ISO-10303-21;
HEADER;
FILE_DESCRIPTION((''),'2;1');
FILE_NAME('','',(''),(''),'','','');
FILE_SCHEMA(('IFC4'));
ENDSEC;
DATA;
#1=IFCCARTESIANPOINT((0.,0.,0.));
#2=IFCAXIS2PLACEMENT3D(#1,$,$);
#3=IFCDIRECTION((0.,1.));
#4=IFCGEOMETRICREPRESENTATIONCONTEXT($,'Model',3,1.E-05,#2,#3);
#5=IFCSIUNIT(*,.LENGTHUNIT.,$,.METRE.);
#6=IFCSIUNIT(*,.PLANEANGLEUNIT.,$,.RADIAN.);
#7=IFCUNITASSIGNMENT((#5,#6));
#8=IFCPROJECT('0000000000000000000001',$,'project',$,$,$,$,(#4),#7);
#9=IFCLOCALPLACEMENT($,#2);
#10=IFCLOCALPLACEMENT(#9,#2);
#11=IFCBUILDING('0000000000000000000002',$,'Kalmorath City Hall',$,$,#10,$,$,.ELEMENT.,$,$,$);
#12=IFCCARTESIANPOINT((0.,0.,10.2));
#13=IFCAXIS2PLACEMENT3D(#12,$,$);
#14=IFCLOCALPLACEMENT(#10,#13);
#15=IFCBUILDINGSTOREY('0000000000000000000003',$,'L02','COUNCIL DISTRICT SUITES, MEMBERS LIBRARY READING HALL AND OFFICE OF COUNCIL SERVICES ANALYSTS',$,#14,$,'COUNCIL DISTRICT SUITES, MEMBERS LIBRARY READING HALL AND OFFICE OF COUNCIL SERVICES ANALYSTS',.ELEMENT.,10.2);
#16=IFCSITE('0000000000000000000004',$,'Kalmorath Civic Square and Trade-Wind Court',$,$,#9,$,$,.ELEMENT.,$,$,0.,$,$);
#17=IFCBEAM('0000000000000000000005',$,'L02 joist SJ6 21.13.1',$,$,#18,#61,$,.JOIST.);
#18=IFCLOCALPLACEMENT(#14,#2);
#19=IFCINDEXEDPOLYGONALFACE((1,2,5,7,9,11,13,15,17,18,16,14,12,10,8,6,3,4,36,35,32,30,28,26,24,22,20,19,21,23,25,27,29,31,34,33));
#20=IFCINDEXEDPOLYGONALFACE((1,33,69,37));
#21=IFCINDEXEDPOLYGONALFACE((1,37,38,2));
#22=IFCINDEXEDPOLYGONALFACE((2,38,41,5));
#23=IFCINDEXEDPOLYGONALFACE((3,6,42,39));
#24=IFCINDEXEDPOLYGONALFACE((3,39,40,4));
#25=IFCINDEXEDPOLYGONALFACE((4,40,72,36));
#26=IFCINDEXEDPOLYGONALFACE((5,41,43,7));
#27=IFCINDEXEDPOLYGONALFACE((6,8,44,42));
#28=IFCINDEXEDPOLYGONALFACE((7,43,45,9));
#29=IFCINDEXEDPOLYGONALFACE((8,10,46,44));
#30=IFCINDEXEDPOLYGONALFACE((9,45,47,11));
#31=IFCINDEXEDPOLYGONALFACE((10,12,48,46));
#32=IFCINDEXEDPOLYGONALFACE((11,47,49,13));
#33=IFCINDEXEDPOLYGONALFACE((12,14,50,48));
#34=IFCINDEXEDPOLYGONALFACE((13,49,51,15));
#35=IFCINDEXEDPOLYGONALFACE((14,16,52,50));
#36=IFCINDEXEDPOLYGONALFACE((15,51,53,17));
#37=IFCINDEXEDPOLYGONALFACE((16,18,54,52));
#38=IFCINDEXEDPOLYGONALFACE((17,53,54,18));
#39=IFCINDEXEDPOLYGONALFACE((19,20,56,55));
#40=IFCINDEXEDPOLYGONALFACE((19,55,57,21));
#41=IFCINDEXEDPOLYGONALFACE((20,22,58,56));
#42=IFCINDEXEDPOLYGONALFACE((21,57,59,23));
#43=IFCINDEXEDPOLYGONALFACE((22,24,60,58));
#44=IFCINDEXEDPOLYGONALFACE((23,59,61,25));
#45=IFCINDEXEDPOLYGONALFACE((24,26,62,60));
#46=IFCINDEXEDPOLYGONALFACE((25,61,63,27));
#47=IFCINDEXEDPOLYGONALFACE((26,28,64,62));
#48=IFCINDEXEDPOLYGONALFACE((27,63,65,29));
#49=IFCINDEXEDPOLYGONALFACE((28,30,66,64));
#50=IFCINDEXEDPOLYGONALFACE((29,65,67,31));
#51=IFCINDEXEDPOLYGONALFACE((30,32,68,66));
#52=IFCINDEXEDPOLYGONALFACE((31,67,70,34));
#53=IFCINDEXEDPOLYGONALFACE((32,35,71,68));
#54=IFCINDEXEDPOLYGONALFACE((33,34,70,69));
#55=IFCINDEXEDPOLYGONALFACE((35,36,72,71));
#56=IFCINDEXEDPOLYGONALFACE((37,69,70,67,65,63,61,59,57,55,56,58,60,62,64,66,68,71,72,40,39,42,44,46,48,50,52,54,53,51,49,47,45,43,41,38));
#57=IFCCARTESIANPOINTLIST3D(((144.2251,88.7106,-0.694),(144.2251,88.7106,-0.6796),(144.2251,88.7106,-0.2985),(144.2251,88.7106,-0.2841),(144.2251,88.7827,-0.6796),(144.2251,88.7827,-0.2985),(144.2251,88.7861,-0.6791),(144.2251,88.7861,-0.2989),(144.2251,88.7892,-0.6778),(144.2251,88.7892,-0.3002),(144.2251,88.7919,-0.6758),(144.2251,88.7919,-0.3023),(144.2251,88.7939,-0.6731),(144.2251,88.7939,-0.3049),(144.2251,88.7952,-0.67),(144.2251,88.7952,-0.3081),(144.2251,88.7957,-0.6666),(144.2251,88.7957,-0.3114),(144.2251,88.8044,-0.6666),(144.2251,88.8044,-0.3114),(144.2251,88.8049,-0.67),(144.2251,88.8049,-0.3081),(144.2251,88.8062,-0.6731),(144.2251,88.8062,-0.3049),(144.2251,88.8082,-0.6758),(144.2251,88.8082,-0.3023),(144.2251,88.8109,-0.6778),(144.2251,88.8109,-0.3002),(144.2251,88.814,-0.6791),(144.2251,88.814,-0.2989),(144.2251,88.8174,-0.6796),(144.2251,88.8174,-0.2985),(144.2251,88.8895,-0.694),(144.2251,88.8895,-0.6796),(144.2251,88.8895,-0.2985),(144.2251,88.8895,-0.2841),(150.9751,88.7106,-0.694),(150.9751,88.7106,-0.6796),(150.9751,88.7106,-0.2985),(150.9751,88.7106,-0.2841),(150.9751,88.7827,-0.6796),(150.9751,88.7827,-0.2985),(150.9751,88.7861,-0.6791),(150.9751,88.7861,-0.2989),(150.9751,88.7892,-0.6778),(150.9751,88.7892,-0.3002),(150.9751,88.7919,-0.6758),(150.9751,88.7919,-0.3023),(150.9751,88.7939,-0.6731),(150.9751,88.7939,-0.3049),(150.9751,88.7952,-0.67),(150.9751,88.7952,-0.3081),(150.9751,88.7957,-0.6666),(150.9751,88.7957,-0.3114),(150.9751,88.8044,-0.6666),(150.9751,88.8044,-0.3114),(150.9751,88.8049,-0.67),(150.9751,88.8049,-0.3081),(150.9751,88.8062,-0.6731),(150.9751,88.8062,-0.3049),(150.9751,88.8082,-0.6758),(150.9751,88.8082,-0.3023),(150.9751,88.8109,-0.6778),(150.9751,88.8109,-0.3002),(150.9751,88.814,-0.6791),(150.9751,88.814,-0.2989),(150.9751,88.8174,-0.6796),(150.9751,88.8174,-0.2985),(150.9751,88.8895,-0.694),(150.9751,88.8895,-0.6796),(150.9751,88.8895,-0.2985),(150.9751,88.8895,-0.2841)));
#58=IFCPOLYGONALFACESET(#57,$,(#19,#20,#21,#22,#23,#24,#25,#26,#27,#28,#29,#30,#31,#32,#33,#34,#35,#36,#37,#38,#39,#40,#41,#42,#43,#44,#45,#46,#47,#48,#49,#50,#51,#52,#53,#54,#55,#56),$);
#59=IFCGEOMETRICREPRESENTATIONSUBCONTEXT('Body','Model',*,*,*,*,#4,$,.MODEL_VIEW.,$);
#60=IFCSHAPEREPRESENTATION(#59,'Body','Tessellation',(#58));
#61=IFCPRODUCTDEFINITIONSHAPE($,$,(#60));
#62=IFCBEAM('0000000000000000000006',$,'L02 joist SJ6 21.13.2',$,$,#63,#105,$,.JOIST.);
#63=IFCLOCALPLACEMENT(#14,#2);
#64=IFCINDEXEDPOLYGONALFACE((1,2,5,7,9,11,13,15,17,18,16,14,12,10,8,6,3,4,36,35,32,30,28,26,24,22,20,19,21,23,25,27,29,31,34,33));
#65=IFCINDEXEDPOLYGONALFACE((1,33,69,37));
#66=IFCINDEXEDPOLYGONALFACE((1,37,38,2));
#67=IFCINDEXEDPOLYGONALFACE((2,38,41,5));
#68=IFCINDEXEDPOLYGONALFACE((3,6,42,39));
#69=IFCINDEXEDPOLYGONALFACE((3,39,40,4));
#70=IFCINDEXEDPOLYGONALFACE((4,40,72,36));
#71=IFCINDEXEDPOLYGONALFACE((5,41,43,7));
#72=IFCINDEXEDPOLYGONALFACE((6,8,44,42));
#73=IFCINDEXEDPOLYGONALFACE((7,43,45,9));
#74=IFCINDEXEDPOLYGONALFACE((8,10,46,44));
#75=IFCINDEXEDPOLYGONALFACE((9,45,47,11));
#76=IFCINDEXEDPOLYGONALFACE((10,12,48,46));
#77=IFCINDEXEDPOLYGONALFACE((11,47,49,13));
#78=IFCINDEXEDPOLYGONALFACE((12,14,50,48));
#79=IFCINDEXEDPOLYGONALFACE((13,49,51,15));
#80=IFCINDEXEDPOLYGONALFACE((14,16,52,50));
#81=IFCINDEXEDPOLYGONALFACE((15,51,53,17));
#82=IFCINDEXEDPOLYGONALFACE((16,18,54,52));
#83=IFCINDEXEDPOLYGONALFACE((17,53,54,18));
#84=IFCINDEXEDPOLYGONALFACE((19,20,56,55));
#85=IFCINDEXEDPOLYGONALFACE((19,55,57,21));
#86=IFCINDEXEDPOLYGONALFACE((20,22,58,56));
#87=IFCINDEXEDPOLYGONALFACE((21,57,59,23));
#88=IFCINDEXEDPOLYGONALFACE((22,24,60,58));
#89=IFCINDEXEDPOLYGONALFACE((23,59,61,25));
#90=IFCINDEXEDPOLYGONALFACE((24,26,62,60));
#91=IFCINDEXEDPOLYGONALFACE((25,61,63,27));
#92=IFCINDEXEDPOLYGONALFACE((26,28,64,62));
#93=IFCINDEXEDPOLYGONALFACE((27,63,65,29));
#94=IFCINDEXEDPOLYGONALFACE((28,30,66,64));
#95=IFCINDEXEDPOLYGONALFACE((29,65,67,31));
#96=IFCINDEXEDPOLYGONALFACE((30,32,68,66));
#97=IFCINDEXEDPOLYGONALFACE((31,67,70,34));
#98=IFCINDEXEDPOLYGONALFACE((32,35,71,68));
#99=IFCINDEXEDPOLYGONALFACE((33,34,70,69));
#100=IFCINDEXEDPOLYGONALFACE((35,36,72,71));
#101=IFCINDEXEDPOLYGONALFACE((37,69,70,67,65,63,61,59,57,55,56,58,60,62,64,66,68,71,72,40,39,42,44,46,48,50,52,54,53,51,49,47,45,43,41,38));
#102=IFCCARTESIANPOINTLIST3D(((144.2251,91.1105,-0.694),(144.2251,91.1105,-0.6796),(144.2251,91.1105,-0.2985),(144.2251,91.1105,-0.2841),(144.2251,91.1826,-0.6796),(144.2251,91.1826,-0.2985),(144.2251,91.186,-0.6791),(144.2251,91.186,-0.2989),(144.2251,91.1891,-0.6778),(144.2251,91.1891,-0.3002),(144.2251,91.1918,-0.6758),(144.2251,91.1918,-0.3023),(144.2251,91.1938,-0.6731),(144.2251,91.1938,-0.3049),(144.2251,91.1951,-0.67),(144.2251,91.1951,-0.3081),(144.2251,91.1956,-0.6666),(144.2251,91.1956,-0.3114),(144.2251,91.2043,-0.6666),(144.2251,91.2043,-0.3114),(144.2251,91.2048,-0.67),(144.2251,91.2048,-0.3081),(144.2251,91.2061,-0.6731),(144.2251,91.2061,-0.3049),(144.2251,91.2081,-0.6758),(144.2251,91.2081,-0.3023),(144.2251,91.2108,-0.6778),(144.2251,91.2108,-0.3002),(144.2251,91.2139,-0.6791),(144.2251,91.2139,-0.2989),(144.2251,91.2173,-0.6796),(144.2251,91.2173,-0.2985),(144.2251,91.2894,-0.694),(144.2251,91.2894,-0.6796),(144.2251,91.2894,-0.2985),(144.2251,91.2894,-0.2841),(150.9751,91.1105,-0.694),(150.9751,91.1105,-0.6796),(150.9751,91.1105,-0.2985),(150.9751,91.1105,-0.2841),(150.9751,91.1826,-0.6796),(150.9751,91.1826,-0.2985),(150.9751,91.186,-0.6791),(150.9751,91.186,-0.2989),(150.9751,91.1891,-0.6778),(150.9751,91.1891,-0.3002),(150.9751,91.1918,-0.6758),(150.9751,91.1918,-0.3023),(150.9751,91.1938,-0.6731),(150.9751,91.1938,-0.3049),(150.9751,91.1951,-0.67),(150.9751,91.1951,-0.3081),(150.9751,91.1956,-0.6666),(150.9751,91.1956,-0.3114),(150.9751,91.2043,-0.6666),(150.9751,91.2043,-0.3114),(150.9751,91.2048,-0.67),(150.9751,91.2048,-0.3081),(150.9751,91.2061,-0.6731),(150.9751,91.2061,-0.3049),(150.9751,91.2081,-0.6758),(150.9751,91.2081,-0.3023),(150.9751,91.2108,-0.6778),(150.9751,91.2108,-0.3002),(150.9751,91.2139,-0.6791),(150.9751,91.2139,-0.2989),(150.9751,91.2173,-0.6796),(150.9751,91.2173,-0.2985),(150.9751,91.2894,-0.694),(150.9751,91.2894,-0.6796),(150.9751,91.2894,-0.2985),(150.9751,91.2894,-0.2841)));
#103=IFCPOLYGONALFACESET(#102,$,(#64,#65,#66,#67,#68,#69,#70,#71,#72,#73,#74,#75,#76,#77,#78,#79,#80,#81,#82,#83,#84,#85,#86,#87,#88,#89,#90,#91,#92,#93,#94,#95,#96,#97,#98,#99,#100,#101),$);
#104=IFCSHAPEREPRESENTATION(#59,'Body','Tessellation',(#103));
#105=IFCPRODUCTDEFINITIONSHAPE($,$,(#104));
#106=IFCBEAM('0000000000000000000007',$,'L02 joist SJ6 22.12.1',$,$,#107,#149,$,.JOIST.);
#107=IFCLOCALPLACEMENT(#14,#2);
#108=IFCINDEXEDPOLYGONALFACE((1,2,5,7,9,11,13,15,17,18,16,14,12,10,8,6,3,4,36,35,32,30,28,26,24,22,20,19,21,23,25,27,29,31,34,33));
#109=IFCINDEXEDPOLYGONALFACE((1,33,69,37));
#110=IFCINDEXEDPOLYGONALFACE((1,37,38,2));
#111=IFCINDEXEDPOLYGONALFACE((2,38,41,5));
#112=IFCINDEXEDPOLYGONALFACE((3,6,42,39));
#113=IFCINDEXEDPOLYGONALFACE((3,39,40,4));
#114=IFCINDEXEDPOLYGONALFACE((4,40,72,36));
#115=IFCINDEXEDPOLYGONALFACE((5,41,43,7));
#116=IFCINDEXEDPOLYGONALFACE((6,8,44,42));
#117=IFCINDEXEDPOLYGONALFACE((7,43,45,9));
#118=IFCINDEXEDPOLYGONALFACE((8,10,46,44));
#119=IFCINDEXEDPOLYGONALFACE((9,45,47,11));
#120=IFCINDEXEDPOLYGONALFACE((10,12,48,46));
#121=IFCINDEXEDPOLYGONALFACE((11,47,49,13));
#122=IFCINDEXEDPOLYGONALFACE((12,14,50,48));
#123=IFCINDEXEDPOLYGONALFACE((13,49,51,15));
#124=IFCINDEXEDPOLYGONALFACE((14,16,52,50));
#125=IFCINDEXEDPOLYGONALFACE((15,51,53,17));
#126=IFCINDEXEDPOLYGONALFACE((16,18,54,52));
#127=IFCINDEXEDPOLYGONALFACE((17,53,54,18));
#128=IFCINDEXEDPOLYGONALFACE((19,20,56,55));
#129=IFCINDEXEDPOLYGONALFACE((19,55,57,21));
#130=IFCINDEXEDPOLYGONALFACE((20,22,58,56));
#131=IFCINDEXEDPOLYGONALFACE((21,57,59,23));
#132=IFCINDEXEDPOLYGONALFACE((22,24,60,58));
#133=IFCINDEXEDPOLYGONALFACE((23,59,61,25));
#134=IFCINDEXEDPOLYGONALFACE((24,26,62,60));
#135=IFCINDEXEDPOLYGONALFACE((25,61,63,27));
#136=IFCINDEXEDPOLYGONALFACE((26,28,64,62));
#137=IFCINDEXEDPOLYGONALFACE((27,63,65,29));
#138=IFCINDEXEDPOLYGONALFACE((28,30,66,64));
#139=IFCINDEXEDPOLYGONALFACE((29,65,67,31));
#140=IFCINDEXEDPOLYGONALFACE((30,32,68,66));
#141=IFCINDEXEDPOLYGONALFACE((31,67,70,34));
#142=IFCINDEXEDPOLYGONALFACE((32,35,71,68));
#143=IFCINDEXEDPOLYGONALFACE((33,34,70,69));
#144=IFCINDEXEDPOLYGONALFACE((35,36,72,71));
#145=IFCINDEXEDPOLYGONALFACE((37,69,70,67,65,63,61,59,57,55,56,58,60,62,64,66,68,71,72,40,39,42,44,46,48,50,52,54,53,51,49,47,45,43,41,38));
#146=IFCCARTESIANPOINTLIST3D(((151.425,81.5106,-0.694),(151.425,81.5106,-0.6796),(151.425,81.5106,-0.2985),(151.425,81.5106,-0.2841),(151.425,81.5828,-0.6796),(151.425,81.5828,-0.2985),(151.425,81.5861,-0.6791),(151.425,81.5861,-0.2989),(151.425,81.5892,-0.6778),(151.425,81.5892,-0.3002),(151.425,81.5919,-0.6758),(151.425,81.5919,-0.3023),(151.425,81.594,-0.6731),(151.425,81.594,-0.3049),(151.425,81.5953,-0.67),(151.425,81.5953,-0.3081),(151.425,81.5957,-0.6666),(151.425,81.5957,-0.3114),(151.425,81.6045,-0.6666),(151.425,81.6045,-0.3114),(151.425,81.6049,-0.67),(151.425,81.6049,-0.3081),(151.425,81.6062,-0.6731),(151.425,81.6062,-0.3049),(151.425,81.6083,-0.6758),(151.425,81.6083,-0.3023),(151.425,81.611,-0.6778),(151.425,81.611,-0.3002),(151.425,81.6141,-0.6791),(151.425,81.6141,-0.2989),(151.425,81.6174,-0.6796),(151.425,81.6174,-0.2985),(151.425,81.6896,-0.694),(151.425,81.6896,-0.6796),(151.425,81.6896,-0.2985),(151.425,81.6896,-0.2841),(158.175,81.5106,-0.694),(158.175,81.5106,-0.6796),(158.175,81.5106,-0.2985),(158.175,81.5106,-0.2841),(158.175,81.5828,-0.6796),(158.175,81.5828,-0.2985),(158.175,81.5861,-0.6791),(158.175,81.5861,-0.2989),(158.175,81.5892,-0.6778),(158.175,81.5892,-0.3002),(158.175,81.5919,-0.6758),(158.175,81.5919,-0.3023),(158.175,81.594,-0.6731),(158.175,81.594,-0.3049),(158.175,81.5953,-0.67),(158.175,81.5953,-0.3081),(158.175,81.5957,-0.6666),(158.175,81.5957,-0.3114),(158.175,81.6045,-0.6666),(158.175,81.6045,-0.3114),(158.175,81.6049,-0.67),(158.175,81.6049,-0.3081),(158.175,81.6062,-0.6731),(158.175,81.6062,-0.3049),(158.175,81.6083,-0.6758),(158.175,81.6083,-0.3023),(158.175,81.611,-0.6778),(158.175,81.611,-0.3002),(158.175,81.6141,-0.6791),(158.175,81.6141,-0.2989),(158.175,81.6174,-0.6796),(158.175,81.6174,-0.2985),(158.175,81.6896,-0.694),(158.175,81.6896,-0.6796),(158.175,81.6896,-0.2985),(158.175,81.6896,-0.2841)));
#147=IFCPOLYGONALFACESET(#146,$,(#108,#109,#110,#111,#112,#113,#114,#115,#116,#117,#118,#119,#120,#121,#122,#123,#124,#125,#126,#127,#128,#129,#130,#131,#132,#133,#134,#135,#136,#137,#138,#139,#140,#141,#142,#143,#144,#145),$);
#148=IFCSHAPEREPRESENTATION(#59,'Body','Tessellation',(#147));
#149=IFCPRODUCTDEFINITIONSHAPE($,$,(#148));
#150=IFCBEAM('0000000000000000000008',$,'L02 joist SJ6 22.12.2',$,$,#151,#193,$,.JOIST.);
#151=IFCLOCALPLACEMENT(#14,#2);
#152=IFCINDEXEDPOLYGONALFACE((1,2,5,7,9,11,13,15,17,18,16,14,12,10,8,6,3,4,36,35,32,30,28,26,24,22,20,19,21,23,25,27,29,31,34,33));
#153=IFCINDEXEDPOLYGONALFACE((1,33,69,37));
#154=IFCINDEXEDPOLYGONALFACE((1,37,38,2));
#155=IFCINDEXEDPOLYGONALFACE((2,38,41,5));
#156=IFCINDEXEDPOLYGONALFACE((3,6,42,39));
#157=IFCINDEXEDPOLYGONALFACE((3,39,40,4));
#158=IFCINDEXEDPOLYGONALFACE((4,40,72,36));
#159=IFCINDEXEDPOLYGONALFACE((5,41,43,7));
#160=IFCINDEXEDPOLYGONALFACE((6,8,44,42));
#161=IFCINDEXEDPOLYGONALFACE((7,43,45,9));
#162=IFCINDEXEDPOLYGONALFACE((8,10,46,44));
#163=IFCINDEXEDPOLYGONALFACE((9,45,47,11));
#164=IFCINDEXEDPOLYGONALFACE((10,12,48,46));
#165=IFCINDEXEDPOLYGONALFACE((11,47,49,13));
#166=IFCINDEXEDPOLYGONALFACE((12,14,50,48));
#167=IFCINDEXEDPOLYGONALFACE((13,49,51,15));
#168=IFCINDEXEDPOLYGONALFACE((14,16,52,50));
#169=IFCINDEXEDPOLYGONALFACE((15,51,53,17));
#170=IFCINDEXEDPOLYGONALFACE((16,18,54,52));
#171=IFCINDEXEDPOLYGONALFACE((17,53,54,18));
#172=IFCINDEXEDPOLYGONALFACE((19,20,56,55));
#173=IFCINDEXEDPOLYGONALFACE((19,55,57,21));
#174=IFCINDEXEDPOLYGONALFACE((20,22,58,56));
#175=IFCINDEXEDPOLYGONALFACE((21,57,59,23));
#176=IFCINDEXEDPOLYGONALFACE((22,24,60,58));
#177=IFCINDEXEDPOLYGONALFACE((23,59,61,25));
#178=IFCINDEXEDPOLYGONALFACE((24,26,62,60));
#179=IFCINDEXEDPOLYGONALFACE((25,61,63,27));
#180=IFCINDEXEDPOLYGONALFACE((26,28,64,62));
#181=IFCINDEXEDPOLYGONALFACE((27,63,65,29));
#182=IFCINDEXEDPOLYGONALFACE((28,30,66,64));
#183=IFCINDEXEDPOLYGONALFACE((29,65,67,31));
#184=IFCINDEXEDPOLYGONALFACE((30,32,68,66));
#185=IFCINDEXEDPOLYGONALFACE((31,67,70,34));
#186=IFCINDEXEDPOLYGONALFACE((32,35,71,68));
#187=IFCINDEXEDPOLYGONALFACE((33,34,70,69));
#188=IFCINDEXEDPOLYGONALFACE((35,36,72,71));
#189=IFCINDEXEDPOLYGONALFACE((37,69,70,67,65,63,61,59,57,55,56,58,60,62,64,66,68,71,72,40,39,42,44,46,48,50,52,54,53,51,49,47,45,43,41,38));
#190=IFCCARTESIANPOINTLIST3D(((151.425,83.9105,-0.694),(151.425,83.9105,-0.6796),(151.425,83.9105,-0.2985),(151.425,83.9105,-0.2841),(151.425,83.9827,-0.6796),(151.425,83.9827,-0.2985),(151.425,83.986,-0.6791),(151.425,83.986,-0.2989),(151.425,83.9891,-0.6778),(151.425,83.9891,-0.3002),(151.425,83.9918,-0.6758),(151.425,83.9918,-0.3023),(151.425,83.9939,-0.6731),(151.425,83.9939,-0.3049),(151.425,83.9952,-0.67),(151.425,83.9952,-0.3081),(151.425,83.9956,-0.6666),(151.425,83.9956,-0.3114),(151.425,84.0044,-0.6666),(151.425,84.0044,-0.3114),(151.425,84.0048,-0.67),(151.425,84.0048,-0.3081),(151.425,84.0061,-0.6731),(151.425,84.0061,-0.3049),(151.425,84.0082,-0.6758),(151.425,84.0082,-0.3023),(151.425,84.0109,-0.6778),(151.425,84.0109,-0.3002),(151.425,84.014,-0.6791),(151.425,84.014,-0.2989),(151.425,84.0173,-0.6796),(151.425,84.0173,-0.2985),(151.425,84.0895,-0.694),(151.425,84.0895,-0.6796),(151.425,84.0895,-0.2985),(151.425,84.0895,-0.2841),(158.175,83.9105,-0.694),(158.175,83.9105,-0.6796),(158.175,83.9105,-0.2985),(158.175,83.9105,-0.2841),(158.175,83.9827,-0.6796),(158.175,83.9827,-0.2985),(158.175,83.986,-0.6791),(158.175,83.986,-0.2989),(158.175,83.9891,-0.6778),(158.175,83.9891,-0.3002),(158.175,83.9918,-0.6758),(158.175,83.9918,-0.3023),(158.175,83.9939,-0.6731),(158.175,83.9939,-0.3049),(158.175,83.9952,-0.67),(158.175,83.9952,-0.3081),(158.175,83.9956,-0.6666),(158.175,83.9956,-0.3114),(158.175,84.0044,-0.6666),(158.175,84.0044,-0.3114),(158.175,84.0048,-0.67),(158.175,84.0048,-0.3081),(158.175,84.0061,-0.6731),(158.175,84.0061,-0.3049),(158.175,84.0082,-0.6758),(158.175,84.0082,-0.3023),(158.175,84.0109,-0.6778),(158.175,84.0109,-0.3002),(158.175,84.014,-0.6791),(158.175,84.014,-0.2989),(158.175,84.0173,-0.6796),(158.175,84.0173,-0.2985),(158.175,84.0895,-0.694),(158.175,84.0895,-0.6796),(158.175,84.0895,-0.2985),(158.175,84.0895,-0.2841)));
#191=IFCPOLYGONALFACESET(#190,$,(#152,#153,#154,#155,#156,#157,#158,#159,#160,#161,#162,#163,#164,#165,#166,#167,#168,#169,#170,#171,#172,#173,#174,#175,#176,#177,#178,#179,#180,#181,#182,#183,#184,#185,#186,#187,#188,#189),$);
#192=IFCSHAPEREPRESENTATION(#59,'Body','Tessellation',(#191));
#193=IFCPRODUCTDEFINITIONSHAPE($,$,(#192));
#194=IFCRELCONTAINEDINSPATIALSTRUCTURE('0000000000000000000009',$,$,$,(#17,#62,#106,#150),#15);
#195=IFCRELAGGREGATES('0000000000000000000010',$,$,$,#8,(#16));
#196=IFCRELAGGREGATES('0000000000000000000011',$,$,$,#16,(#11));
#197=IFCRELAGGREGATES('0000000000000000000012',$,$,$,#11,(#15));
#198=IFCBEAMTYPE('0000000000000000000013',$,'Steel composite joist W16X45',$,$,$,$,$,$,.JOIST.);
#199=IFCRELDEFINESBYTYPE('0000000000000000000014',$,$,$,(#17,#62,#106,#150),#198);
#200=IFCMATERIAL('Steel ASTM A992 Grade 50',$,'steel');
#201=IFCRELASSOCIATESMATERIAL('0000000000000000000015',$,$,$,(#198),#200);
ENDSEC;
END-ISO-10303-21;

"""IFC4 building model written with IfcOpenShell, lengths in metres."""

from ifc_helpers import new_model, si_unit, direction, frame, origin, origin_2d, place, context, subcontext, project, spatial, i_section, extrude, material, material_profile, profile_set, type_object, element, save


model = new_model("IFC4")

# Units and contexts
model_context = context("Model", 3, precision=1e-05, world=origin(), true_north=direction((0.0, 1.0)))
body_context = subcontext(model_context, "Body", "Model", "MODEL_VIEW")
ifc_project = project(units=[si_unit("LENGTHUNIT", "METRE"), si_unit("PLANEANGLEUNIT", "RADIAN")], contexts=[model_context])

# Site, building, storey
site_placement = place(None, origin())
site = spatial("IfcSite", under=ifc_project, at=site_placement, Name="Kalmorath Civic Square and Trade-Wind Court", CompositionType="ELEMENT", RefElevation=0.0)
building_placement = place(site_placement, origin())
building = spatial("IfcBuilding", under=site, at=building_placement, Name="Kalmorath City Hall", CompositionType="ELEMENT")
storey_placement = place(building_placement, frame((0.0, 0.0, 10.2)))
storey = spatial("IfcBuildingStorey", under=building, at=storey_placement, Name="L02", Description="COUNCIL DISTRICT SUITES, MEMBERS LIBRARY READING HALL AND OFFICE OF COUNCIL SERVICES ANALYSTS", LongName="COUNCIL DISTRICT SUITES, MEMBERS LIBRARY READING HALL AND OFFICE OF COUNCIL SERVICES ANALYSTS", CompositionType="ELEMENT", Elevation=10.2)

# Beams
ifc_material_1 = material(Name="Steel ASTM A992 Grade 50", Category="steel")
ifc_material_profile_1 = material_profile(ifc_material_1, i_section(OverallWidth=0.179, OverallDepth=0.4099, WebThickness=0.0088, FlangeThickness=0.0144, FilletRadius=0.0129, at=origin_2d()), Name="W16X45")
ifc_profile_set_1 = profile_set([ifc_material_profile_1], Name="Steel ASTM A992 Grade 50")
beam_type_1 = type_object("IfcBeamType", Name="Steel composite joist W16X45", PredefinedType="JOIST", material=ifc_profile_set_1)
for number, where, z_axis, x_axis, name in (
    (1, (144.2251, 88.8, -0.489), (1.0, 0.0, 0.0), (0.0, 1.0, 0.0), "L02 joist SJ6 21.13.1"),
    (2, (144.2251, 91.2, -0.489), (1.0, 0.0, 0.0), (0.0, 1.0, 0.0), "L02 joist SJ6 21.13.2"),
    (3, (151.425, 81.6001, -0.489), (1.0, 0.0, 0.0), (0.0, 1.0, 0.0), "L02 joist SJ6 22.12.1"),
    (4, (151.425, 84.0, -0.489), (1.0, 0.0, 0.0), (0.0, 1.0, 0.0), "L02 joist SJ6 22.12.2"),
):
    element("IfcBeam", number, at=place(storey_placement, frame(where, z_axis=z_axis, x_axis=x_axis)), inside=storey, type_object=beam_type_1, Name=name, PredefinedType="JOIST", context=body_context, shape_type="SweptSolid", body=[
        extrude(i_section(OverallWidth=0.179, OverallDepth=0.4099, WebThickness=0.0088, FlangeThickness=0.0144, FilletRadius=0.0129, at=origin_2d()), origin(), (0.0, 0.0, 1.0), 6.75),
    ])

save(model, "model.ifc")
